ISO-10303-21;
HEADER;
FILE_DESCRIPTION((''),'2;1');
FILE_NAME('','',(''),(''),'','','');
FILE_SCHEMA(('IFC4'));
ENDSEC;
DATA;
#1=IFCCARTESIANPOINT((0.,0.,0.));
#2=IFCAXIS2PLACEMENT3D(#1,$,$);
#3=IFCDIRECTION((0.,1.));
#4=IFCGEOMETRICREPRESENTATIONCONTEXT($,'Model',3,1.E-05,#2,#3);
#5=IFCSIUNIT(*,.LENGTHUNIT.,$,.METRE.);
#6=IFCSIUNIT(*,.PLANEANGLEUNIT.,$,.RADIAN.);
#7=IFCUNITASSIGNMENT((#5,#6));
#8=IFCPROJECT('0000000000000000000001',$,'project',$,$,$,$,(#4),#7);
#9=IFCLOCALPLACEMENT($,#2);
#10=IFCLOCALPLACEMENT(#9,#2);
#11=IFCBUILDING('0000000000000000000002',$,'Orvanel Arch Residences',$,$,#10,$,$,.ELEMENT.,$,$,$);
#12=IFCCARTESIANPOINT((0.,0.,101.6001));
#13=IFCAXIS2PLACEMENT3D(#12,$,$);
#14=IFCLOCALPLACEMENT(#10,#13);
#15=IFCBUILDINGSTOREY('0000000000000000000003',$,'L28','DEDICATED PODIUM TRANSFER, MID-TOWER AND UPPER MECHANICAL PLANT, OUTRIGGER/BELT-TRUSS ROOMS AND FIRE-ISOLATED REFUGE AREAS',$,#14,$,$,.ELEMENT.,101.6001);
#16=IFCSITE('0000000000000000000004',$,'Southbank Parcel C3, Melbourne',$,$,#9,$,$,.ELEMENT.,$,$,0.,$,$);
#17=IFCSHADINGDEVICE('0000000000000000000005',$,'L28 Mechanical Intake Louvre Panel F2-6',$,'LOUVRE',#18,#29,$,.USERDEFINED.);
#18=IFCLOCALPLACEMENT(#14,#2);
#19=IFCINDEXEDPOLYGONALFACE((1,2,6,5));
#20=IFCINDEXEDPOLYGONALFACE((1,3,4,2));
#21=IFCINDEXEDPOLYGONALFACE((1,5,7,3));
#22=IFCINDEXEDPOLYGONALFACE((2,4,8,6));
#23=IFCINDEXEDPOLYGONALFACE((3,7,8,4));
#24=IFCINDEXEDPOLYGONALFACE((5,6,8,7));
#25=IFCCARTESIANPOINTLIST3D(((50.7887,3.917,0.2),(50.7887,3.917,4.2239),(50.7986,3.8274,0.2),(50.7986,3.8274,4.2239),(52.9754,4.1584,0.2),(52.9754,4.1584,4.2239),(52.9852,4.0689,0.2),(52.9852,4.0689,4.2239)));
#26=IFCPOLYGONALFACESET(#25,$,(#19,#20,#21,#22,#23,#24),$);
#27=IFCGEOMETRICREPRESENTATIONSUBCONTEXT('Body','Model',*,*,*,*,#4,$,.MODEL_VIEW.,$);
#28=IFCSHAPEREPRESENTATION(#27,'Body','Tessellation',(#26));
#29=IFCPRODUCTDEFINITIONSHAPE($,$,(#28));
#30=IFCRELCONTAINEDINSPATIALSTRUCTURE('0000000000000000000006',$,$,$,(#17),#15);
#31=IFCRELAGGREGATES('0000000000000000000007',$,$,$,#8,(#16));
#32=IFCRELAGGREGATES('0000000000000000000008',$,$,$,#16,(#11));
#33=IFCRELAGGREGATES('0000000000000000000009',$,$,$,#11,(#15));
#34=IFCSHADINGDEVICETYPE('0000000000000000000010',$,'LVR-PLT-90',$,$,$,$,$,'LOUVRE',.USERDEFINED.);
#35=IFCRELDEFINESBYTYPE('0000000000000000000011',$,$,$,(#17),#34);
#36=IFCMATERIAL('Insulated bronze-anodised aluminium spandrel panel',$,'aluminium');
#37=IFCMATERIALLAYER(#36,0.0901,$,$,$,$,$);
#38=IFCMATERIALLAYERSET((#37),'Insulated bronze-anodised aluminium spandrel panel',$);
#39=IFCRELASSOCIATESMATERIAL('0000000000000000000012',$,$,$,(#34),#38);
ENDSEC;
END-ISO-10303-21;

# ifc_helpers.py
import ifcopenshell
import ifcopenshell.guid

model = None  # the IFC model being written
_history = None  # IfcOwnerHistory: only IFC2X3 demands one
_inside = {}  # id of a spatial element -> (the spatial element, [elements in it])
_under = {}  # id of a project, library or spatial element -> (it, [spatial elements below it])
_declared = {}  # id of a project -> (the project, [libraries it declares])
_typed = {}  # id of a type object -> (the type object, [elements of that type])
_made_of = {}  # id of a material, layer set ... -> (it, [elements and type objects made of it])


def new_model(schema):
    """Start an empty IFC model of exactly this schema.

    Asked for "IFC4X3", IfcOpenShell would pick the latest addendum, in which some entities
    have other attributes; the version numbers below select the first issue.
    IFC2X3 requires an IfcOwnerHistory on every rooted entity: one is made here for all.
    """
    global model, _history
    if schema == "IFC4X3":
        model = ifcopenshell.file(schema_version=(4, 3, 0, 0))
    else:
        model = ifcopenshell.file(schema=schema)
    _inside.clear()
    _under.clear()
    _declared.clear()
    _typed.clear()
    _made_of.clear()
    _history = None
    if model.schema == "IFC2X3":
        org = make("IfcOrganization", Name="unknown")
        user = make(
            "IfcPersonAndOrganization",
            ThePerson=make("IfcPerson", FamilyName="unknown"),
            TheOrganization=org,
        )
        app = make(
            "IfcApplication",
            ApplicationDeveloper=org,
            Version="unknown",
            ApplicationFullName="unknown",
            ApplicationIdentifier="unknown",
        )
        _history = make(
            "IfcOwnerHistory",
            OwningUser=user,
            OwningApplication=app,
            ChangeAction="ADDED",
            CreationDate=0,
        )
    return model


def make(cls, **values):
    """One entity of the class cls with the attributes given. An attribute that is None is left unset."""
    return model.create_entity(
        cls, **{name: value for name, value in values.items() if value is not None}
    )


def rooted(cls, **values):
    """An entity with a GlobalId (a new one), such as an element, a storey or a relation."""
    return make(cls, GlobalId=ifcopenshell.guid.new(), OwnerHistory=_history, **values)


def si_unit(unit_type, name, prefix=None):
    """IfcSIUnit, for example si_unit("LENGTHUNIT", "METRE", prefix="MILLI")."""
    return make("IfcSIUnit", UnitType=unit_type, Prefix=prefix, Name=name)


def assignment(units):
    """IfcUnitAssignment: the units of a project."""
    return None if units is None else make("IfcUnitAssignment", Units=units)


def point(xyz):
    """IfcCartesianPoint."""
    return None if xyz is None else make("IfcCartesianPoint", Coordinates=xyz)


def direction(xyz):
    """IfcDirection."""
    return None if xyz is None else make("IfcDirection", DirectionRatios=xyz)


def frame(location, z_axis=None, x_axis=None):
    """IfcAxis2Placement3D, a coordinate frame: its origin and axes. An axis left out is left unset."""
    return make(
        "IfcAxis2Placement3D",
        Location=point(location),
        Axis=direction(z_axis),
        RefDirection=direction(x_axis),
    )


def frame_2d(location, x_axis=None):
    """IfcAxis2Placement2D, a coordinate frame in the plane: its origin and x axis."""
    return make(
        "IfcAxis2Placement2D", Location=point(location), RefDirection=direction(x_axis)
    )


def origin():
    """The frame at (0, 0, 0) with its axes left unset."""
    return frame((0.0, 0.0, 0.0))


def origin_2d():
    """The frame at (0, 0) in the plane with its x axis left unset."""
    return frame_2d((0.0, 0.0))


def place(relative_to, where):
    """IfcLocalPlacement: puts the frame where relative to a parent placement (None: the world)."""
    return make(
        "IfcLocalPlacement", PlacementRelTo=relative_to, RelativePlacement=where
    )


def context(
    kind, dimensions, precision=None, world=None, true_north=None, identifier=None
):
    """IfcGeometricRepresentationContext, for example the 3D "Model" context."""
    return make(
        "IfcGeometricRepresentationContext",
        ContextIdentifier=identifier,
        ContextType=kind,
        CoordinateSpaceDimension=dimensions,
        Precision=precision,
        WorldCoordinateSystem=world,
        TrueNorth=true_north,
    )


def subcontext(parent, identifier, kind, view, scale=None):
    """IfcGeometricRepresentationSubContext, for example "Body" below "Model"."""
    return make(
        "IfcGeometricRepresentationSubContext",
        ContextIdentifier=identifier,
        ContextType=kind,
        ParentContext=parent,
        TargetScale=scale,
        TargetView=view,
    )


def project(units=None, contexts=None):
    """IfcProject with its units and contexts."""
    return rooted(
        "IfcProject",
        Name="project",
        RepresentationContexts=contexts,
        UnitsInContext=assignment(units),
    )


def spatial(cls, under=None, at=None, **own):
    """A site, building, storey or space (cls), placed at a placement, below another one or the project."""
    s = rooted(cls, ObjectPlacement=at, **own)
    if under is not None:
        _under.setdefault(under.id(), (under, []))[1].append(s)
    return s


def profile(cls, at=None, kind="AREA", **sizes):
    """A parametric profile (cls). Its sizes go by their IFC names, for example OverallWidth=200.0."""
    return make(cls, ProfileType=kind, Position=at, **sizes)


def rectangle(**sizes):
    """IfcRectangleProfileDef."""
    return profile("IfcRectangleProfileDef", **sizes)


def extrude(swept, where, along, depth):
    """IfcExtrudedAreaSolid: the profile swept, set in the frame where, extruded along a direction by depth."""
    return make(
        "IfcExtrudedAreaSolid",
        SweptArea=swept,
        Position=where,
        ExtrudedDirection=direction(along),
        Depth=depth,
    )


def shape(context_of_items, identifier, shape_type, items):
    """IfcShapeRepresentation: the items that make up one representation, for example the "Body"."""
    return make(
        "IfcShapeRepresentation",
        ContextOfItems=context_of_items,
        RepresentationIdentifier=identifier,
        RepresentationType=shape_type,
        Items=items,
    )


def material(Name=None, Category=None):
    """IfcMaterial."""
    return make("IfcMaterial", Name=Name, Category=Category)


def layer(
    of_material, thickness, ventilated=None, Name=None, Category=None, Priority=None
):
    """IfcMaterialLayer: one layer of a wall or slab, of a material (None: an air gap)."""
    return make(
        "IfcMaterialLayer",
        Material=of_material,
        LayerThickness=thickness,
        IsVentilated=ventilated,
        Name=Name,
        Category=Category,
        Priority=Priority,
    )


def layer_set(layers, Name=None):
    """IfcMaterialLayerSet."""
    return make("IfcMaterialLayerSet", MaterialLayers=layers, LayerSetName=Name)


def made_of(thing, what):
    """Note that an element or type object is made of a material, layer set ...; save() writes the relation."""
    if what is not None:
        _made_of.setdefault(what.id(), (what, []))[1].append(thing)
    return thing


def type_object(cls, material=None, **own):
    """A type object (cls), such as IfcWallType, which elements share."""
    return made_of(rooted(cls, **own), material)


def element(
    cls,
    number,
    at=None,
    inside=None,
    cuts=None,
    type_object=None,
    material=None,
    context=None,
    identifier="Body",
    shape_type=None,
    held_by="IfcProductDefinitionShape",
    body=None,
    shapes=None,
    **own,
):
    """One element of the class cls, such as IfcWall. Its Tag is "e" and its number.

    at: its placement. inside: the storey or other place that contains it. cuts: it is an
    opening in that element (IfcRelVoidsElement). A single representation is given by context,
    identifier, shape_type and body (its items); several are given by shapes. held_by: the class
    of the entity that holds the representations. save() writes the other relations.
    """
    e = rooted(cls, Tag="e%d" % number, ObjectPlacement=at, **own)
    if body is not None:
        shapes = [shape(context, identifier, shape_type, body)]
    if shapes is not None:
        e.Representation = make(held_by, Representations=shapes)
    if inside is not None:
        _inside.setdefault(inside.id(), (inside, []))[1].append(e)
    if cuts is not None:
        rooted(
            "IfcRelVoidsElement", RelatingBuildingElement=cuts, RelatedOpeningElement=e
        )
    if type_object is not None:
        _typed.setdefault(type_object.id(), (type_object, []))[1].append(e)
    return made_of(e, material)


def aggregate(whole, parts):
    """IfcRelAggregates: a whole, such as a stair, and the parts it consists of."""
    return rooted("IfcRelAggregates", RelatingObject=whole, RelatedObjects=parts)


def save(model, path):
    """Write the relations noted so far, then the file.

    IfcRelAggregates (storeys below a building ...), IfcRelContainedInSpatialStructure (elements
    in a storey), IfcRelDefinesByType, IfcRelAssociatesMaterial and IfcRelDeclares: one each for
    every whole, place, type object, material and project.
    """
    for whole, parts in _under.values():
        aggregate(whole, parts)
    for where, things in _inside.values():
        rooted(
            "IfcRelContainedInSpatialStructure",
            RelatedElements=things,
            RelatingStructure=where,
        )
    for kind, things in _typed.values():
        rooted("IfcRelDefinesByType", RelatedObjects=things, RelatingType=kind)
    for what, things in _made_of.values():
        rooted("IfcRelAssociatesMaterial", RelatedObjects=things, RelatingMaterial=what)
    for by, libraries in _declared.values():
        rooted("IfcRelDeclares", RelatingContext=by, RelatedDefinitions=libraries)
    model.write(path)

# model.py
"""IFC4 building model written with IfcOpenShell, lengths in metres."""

from ifc_helpers import new_model, si_unit, direction, frame, origin, origin_2d, place, context, subcontext, project, spatial, rectangle, extrude, material, layer, layer_set, type_object, element, save


model = new_model("IFC4")

# Units and contexts
model_context = context("Model", 3, precision=1e-05, world=origin(), true_north=direction((0.0, 1.0)))
body_context = subcontext(model_context, "Body", "Model", "MODEL_VIEW")
ifc_project = project(units=[si_unit("LENGTHUNIT", "METRE"), si_unit("PLANEANGLEUNIT", "RADIAN")], contexts=[model_context])

# Site, building, storey
site_placement = place(None, origin())
site = spatial("IfcSite", under=ifc_project, at=site_placement, Name="Southbank Parcel C3, Melbourne", CompositionType="ELEMENT", RefElevation=0.0)
building_placement = place(site_placement, origin())
building = spatial("IfcBuilding", under=site, at=building_placement, Name="Orvanel Arch Residences", CompositionType="ELEMENT")
storey_placement = place(building_placement, frame((0.0, 0.0, 101.6001)))
storey = spatial("IfcBuildingStorey", under=building, at=storey_placement, Name="L28", Description="DEDICATED PODIUM TRANSFER, MID-TOWER AND UPPER MECHANICAL PLANT, OUTRIGGER/BELT-TRUSS ROOMS AND FIRE-ISOLATED REFUGE AREAS", CompositionType="ELEMENT", Elevation=101.6001)

# Shading device
ifc_material_1 = material(Name="Insulated bronze-anodised aluminium spandrel panel", Category="aluminium")
ifc_layer_1 = layer(ifc_material_1, 0.0901)
ifc_layer_set_1 = layer_set([ifc_layer_1], Name="Insulated bronze-anodised aluminium spandrel panel")
shading_device_type = type_object("IfcShadingDeviceType", Name="LVR-PLT-90", ElementType="LOUVRE", PredefinedType="USERDEFINED", material=ifc_layer_set_1)
shading_device_placement = place(storey_placement, frame((51.887, 3.9929, 0.2), z_axis=(0.0, 0.0, 1.0), x_axis=(0.993961, 0.109734, 0.0)))
element("IfcShadingDevice", 1, at=shading_device_placement, inside=storey, type_object=shading_device_type, Name="L28 Mechanical Intake Louvre Panel F2-6", ObjectType="LOUVRE", PredefinedType="USERDEFINED", context=body_context, shape_type="SweptSolid", body=[
    extrude(rectangle(XDim=2.2, YDim=0.0901, at=origin_2d()), origin(), (0.0, 0.0, 1.0), 4.0239),
])

save(model, "model.ifc")
